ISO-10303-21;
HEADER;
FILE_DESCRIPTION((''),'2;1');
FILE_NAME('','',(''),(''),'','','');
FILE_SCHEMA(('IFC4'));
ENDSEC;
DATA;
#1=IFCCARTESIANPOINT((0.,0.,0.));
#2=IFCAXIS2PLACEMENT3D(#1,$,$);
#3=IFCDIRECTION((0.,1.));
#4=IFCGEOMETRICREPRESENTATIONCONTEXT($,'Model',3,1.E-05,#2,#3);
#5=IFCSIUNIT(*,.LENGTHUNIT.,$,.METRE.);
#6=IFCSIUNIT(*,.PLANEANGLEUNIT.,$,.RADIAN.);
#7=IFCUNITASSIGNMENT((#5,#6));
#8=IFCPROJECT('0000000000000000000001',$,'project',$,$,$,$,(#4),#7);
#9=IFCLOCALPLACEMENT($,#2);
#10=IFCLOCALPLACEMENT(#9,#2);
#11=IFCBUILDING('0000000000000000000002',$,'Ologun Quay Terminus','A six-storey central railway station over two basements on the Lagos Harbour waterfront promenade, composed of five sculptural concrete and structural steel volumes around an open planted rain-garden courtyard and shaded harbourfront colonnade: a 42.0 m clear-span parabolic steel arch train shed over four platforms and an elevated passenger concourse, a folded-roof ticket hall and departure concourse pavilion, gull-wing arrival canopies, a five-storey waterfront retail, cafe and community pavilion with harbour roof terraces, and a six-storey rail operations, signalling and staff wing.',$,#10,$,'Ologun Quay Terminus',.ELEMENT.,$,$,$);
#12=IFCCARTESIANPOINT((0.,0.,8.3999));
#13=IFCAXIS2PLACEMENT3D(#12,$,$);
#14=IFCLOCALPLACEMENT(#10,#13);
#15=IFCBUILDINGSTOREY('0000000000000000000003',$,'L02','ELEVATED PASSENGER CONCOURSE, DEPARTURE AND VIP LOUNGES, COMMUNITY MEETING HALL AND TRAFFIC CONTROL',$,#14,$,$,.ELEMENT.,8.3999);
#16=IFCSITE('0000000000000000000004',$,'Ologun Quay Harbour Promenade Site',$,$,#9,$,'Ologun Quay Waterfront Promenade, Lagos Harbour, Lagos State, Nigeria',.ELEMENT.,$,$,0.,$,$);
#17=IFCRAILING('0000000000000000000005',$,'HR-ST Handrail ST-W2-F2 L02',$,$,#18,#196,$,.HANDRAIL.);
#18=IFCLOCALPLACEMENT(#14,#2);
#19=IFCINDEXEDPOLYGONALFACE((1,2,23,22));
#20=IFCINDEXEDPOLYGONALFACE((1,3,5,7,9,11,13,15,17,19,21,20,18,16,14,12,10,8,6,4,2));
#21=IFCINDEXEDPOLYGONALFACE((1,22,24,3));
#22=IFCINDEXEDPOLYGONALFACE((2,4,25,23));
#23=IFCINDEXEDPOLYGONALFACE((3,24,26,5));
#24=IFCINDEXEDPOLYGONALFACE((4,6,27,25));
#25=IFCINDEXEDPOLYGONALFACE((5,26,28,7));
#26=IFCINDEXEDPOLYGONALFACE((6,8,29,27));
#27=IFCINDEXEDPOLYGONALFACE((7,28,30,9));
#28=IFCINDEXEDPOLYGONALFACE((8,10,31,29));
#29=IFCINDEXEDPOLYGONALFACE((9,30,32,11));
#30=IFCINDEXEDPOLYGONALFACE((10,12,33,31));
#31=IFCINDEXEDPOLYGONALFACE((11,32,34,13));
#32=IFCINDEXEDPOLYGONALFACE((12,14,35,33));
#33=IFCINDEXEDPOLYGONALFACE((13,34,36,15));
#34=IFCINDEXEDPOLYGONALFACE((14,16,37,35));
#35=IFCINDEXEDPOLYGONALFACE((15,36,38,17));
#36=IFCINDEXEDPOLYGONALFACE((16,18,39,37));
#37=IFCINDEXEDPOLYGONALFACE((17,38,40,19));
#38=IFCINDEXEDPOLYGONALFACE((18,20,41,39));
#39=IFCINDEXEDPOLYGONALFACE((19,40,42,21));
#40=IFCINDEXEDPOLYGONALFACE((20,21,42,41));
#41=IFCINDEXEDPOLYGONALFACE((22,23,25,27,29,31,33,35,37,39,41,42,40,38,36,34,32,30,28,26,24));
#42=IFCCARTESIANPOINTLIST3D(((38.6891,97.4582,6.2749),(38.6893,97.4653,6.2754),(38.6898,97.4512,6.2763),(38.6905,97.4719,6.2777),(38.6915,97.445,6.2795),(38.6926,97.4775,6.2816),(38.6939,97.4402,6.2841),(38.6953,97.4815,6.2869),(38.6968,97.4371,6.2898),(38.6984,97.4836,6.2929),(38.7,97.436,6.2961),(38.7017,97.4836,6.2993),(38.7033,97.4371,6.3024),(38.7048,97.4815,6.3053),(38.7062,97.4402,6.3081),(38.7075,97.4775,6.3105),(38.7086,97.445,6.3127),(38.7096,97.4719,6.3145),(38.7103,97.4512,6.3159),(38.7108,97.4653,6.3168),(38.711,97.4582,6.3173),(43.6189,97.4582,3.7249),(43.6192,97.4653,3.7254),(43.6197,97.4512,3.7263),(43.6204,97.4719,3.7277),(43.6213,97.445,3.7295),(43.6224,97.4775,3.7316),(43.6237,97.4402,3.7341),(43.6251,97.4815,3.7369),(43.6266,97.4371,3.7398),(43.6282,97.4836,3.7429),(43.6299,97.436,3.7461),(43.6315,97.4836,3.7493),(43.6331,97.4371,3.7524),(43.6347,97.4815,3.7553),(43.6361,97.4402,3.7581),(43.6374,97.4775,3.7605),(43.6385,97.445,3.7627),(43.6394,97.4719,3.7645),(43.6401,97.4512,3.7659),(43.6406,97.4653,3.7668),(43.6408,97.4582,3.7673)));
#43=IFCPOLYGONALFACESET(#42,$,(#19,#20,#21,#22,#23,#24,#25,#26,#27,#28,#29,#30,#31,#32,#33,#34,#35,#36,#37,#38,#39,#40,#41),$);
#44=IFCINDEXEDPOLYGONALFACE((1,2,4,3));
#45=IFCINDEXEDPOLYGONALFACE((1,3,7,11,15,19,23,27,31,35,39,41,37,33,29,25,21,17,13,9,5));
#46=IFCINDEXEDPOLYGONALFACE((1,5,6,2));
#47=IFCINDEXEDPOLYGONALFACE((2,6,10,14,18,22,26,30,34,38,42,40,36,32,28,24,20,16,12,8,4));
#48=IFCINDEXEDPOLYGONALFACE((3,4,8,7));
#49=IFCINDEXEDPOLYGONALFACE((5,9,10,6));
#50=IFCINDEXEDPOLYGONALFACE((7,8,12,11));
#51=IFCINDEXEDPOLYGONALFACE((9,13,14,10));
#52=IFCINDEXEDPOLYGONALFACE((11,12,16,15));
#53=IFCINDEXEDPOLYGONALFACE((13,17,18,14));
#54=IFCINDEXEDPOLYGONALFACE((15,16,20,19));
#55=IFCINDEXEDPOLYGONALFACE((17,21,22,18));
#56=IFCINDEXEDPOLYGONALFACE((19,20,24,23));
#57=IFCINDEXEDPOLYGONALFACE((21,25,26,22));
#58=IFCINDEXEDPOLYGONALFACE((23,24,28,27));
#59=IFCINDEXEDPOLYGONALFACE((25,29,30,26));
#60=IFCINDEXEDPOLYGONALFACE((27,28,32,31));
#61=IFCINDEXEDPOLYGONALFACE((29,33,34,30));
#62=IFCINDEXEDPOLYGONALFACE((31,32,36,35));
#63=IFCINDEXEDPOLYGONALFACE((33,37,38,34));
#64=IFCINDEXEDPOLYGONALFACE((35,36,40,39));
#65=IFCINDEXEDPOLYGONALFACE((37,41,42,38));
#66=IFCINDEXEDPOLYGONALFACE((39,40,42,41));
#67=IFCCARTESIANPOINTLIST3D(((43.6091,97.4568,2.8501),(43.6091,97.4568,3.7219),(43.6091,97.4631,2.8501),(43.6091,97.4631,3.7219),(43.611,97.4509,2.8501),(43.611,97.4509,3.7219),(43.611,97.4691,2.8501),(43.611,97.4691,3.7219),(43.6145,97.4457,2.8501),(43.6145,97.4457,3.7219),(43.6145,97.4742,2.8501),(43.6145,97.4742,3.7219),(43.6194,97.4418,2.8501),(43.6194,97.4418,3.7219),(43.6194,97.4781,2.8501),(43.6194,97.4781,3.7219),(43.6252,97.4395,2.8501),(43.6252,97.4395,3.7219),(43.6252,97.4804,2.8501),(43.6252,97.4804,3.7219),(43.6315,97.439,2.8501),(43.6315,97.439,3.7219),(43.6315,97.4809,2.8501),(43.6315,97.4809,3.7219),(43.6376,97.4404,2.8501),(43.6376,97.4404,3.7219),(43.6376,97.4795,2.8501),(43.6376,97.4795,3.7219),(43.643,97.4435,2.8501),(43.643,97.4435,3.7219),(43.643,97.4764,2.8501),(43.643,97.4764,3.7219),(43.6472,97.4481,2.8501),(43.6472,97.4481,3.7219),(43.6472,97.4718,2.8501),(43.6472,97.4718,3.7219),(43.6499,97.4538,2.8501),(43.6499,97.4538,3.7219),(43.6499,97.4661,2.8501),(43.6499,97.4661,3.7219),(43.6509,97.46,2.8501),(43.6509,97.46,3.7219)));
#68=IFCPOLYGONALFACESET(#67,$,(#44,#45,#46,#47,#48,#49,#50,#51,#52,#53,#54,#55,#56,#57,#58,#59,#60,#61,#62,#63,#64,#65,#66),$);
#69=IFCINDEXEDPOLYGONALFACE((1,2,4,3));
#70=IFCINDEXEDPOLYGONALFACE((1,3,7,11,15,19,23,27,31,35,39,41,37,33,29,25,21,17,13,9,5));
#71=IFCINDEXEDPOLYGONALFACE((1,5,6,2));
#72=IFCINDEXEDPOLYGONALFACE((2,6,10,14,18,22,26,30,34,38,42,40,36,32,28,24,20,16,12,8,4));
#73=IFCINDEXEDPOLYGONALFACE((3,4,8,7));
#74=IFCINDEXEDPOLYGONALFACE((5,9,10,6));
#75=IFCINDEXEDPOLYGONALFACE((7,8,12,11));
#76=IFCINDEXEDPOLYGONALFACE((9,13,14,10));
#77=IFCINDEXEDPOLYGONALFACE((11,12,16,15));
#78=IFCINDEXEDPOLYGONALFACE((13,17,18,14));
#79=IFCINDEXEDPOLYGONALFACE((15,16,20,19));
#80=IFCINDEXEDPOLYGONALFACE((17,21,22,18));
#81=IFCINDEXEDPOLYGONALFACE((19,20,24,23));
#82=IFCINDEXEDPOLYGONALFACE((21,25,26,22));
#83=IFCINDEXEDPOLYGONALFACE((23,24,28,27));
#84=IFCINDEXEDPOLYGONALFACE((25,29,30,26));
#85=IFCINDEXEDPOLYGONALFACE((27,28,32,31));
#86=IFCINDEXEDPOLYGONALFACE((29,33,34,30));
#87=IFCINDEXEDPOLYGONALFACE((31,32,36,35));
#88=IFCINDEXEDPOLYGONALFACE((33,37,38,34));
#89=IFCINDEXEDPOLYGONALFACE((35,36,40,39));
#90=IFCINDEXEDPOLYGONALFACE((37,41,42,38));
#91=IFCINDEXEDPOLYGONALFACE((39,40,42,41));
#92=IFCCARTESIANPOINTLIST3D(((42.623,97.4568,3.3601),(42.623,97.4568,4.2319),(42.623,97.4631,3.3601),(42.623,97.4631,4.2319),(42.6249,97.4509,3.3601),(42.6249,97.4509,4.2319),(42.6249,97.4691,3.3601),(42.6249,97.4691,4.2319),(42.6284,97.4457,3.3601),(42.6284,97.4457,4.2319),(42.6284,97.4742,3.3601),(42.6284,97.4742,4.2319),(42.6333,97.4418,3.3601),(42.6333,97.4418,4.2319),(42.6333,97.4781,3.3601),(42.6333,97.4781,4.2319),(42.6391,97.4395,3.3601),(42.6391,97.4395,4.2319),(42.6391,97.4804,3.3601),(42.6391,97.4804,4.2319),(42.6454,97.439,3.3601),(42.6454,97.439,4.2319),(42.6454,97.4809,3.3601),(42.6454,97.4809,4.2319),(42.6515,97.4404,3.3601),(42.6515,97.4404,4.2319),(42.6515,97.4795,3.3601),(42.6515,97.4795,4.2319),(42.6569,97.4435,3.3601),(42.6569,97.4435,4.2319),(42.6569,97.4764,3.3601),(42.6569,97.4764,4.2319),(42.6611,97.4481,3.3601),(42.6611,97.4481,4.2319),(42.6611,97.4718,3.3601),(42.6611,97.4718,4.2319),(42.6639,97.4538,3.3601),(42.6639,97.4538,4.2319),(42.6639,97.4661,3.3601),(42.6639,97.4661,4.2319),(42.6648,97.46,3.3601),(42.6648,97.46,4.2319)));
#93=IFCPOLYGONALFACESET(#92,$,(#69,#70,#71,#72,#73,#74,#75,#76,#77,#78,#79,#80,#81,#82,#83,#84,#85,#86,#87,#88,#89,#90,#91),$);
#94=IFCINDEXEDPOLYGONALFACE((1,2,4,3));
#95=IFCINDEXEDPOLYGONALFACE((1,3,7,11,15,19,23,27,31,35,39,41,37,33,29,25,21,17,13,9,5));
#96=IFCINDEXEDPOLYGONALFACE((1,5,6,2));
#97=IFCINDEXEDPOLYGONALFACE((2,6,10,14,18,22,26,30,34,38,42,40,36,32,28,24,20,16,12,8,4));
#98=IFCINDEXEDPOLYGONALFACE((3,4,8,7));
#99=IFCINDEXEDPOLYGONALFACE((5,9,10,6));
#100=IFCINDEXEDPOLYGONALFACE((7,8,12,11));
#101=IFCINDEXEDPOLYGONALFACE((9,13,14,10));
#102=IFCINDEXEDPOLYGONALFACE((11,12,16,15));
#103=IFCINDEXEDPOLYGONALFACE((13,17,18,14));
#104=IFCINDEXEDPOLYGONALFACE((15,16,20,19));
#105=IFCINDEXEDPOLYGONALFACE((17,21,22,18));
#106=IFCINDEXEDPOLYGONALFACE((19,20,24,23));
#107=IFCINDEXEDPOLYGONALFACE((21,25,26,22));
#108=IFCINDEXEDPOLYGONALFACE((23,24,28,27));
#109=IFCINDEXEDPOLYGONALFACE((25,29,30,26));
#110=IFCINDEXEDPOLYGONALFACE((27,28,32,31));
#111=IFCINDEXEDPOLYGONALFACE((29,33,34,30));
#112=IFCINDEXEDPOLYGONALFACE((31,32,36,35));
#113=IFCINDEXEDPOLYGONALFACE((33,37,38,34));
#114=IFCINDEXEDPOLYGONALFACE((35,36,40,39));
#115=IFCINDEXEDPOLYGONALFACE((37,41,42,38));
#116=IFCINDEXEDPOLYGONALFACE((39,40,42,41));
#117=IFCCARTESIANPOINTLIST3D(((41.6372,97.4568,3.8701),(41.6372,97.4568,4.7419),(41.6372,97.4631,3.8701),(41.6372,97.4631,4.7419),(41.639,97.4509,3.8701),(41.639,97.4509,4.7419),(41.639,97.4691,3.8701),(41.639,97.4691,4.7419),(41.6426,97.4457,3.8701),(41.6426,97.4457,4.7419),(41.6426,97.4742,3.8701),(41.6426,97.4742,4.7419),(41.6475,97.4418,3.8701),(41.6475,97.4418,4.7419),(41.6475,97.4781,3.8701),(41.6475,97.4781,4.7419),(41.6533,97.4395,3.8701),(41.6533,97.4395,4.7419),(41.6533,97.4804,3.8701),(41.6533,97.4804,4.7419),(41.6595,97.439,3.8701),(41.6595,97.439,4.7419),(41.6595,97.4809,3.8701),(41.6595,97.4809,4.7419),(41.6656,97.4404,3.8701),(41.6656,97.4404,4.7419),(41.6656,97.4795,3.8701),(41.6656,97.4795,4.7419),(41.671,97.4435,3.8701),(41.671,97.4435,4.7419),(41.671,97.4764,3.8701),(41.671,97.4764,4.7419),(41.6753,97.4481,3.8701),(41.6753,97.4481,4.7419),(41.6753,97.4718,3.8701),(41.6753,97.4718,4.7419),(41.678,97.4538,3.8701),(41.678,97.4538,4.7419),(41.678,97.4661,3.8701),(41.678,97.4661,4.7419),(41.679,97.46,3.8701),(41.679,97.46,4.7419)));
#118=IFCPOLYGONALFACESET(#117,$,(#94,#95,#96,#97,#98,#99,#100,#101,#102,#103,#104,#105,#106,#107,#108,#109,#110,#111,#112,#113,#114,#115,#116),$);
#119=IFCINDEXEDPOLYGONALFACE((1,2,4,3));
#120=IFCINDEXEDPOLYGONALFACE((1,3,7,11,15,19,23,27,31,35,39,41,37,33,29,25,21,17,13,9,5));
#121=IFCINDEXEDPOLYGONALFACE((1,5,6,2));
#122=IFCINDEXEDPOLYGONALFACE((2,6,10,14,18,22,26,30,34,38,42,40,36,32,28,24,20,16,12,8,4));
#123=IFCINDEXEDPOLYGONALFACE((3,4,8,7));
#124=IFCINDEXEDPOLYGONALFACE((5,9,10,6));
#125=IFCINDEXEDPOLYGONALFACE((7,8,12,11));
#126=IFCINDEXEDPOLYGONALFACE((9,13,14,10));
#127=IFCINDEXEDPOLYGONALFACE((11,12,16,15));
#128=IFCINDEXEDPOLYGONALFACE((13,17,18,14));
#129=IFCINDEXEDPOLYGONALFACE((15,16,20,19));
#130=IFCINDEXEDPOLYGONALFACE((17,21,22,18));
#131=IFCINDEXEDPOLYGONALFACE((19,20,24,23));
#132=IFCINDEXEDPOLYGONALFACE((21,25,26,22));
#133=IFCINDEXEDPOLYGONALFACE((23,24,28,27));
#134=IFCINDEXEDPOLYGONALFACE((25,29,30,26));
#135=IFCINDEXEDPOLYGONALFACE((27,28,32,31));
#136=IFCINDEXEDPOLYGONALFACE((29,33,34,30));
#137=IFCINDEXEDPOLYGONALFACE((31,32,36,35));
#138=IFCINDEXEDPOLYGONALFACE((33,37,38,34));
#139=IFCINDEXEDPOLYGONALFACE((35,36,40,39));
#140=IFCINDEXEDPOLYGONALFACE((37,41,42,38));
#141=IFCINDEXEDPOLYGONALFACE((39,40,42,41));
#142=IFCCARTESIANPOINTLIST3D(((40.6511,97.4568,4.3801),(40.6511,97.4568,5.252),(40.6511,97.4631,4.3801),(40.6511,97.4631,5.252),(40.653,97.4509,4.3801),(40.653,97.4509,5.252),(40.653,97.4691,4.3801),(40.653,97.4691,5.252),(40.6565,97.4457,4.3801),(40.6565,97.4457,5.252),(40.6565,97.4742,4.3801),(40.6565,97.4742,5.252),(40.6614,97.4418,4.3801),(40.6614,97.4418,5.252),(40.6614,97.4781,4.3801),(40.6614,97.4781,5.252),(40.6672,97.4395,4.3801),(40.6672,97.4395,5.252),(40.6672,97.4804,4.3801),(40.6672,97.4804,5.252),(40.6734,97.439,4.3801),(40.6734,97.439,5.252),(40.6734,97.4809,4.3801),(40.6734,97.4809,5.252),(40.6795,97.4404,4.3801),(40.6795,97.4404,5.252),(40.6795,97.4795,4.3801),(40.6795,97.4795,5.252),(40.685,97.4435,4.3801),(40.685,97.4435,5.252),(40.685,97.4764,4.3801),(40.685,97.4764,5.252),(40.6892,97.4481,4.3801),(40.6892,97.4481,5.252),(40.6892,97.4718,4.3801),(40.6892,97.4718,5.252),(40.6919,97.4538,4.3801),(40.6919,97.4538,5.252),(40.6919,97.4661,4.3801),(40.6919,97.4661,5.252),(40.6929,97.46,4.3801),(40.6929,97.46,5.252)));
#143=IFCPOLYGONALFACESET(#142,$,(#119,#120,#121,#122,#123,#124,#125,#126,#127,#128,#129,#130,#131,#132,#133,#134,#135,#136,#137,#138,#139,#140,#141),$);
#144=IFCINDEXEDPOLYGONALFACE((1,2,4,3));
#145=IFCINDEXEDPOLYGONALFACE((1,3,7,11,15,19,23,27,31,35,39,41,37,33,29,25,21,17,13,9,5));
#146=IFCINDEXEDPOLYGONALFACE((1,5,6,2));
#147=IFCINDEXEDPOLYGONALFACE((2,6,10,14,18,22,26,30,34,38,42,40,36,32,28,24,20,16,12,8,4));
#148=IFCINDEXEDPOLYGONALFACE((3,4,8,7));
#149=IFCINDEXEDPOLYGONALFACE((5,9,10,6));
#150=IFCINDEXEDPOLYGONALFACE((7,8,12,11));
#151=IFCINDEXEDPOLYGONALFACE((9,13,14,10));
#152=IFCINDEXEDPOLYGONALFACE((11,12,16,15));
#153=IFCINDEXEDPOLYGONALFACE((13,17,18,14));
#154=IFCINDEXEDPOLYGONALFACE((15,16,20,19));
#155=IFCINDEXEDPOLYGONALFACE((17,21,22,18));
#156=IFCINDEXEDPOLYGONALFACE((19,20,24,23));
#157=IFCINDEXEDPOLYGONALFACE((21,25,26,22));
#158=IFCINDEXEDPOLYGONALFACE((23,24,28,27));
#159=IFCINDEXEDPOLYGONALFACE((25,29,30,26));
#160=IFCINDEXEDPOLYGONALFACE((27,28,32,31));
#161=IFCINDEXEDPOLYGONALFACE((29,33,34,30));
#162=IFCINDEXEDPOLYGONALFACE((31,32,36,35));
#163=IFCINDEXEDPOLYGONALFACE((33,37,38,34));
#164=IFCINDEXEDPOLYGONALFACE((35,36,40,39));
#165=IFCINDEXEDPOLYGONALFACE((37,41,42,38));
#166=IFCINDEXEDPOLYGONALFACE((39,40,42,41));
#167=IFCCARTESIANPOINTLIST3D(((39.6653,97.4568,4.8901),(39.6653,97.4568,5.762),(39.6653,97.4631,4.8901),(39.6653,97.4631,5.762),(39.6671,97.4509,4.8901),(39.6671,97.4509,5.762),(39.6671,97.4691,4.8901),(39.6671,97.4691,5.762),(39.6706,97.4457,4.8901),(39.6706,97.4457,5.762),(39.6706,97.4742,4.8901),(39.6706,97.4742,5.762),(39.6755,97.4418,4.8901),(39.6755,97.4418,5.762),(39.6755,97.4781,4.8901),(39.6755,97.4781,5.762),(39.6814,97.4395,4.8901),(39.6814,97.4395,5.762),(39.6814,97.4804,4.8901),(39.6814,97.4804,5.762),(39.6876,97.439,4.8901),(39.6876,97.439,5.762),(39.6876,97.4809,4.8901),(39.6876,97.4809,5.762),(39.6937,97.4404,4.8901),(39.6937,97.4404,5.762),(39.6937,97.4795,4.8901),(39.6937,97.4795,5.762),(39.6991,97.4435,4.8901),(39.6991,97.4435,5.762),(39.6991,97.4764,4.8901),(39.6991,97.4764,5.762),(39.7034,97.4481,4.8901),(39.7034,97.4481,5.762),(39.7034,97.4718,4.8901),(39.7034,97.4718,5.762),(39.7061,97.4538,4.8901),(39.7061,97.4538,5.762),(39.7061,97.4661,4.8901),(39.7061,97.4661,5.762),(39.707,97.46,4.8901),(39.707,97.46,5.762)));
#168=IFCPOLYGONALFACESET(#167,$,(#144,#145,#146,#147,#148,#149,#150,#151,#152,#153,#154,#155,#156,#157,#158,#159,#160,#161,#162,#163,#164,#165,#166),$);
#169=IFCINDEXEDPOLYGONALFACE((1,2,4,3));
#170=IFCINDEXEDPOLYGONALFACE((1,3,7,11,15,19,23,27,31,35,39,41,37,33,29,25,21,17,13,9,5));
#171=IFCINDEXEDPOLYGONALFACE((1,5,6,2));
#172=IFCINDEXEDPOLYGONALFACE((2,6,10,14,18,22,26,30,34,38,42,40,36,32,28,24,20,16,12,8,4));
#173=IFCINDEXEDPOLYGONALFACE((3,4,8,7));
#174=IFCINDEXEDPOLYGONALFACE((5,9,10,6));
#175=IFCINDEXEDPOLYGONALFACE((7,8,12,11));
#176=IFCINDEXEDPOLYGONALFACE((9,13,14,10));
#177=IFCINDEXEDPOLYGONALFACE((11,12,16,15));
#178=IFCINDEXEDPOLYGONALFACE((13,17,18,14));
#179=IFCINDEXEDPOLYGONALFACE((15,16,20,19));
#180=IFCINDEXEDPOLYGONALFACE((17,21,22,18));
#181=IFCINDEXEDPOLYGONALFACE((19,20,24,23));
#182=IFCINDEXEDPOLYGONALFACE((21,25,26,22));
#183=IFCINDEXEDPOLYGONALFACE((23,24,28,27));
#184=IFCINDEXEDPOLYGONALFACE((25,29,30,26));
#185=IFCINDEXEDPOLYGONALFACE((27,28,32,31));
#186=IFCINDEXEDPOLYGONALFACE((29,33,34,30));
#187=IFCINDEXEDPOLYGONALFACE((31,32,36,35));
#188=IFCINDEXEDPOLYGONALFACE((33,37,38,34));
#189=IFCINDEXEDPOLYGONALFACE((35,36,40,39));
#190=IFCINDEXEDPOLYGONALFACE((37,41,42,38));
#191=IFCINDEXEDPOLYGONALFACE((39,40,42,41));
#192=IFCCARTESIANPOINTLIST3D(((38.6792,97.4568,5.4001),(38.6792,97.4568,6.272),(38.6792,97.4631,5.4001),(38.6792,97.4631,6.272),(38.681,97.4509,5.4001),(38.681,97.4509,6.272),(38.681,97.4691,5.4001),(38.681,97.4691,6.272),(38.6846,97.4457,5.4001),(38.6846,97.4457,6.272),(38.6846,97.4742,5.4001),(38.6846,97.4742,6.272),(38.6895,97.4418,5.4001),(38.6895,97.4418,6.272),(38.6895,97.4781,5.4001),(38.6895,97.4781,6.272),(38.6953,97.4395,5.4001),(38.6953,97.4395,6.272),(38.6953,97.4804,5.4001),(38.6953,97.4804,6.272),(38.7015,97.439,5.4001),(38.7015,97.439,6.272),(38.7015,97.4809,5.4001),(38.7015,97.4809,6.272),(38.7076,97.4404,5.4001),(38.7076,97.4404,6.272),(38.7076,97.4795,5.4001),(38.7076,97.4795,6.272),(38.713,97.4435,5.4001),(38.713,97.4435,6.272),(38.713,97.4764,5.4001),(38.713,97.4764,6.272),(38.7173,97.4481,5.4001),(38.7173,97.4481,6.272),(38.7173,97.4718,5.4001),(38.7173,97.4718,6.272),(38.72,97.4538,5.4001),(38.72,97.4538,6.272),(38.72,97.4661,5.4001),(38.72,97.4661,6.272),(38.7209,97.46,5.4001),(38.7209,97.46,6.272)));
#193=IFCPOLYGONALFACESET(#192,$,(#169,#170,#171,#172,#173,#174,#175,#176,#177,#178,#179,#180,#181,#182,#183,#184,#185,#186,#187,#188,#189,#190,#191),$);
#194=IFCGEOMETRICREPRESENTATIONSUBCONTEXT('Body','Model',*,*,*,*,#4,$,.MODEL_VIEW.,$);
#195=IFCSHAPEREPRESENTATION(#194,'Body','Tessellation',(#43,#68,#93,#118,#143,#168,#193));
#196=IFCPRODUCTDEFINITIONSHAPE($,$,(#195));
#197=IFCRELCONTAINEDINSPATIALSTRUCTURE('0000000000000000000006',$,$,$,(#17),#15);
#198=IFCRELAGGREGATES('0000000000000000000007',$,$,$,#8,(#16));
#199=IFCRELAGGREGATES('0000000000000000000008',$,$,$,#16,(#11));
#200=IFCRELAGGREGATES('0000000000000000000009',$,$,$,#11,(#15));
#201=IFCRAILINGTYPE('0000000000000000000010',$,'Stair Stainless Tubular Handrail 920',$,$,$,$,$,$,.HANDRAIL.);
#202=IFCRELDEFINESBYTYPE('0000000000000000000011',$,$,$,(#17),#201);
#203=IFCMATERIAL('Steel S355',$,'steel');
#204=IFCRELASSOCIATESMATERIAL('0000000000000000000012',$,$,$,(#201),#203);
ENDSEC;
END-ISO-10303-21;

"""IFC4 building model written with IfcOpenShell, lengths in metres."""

from ifc_helpers import new_model, si_unit, direction, frame, origin, origin_2d, place, context, subcontext, project, spatial, circle, extrude, material, type_object, element, save


model = new_model("IFC4")

# Units and contexts
model_context = context("Model", 3, precision=1e-05, world=origin(), true_north=direction((0.0, 1.0)))
body_context = subcontext(model_context, "Body", "Model", "MODEL_VIEW")
ifc_project = project(units=[si_unit("LENGTHUNIT", "METRE"), si_unit("PLANEANGLEUNIT", "RADIAN")], contexts=[model_context])

# Site, building, storey
site_placement = place(None, origin())
site = spatial("IfcSite", under=ifc_project, at=site_placement, Name="Ologun Quay Harbour Promenade Site", LongName="Ologun Quay Waterfront Promenade, Lagos Harbour, Lagos State, Nigeria", CompositionType="ELEMENT", RefElevation=0.0)
building_placement = place(site_placement, origin())
building = spatial("IfcBuilding", under=site, at=building_placement, Name="Ologun Quay Terminus", Description="A six-storey central railway station over two basements on the Lagos Harbour waterfront promenade, composed of five sculptural concrete and structural steel volumes around an open planted rain-garden courtyard and shaded harbourfront colonnade: a 42.0 m clear-span parabolic steel arch train shed over four platforms and an elevated passenger concourse, a folded-roof ticket hall and departure concourse pavilion, gull-wing arrival canopies, a five-storey waterfront retail, cafe and community pavilion with harbour roof terraces, and a six-storey rail operations, signalling and staff wing.", LongName="Ologun Quay Terminus", CompositionType="ELEMENT")
storey_placement = place(building_placement, frame((0.0, 0.0, 8.3999)))
storey = spatial("IfcBuildingStorey", under=building, at=storey_placement, Name="L02", Description="ELEVATED PASSENGER CONCOURSE, DEPARTURE AND VIP LOUNGES, COMMUNITY MEETING HALL AND TRAFFIC CONTROL", CompositionType="ELEMENT", Elevation=8.3999)

# Railing
ifc_material_1 = material(Name="Steel S355", Category="steel")
railing_type = type_object("IfcRailingType", Name="Stair Stainless Tubular Handrail 920", PredefinedType="HANDRAIL", material=ifc_material_1)
railing_placement = place(storey_placement, frame((43.6299, 97.46, 2.8501)))
element("IfcRailing", 1, at=railing_placement, inside=storey, type_object=railing_type, Name="HR-ST Handrail ST-W2-F2 L02", PredefinedType="HANDRAIL", context=body_context, shape_type="SweptSolid", body=[
    extrude(circle(Radius=0.0239, at=origin_2d()), frame((0.0, 0.0, 0.896), z_axis=(-0.888211, 0.0, 0.459435), x_axis=(0.0, -1.0, 0.0)), (0.0, 0.0, 1.0), 5.5503),
    extrude(circle(Radius=0.021, at=origin_2d()), origin(), (0.0, 0.0, 1.0), 0.8718),
    extrude(circle(Radius=0.021, at=origin_2d()), frame((-0.9861, 0.0, 0.51)), (0.0, 0.0, 1.0), 0.8718),
    extrude(circle(Radius=0.021, at=origin_2d()), frame((-1.9719, 0.0, 1.02)), (0.0, 0.0, 1.0), 0.8718),
    extrude(circle(Radius=0.021, at=origin_2d()), frame((-2.958, 0.0, 1.53)), (0.0, 0.0, 1.0), 0.8718),
    extrude(circle(Radius=0.021, at=origin_2d()), frame((-3.9438, 0.0, 2.04)), (0.0, 0.0, 1.0), 0.8718),
    extrude(circle(Radius=0.021, at=origin_2d()), frame((-4.9299, 0.0, 2.55)), (0.0, 0.0, 1.0), 0.8718),
])

save(model, "model.ifc")
